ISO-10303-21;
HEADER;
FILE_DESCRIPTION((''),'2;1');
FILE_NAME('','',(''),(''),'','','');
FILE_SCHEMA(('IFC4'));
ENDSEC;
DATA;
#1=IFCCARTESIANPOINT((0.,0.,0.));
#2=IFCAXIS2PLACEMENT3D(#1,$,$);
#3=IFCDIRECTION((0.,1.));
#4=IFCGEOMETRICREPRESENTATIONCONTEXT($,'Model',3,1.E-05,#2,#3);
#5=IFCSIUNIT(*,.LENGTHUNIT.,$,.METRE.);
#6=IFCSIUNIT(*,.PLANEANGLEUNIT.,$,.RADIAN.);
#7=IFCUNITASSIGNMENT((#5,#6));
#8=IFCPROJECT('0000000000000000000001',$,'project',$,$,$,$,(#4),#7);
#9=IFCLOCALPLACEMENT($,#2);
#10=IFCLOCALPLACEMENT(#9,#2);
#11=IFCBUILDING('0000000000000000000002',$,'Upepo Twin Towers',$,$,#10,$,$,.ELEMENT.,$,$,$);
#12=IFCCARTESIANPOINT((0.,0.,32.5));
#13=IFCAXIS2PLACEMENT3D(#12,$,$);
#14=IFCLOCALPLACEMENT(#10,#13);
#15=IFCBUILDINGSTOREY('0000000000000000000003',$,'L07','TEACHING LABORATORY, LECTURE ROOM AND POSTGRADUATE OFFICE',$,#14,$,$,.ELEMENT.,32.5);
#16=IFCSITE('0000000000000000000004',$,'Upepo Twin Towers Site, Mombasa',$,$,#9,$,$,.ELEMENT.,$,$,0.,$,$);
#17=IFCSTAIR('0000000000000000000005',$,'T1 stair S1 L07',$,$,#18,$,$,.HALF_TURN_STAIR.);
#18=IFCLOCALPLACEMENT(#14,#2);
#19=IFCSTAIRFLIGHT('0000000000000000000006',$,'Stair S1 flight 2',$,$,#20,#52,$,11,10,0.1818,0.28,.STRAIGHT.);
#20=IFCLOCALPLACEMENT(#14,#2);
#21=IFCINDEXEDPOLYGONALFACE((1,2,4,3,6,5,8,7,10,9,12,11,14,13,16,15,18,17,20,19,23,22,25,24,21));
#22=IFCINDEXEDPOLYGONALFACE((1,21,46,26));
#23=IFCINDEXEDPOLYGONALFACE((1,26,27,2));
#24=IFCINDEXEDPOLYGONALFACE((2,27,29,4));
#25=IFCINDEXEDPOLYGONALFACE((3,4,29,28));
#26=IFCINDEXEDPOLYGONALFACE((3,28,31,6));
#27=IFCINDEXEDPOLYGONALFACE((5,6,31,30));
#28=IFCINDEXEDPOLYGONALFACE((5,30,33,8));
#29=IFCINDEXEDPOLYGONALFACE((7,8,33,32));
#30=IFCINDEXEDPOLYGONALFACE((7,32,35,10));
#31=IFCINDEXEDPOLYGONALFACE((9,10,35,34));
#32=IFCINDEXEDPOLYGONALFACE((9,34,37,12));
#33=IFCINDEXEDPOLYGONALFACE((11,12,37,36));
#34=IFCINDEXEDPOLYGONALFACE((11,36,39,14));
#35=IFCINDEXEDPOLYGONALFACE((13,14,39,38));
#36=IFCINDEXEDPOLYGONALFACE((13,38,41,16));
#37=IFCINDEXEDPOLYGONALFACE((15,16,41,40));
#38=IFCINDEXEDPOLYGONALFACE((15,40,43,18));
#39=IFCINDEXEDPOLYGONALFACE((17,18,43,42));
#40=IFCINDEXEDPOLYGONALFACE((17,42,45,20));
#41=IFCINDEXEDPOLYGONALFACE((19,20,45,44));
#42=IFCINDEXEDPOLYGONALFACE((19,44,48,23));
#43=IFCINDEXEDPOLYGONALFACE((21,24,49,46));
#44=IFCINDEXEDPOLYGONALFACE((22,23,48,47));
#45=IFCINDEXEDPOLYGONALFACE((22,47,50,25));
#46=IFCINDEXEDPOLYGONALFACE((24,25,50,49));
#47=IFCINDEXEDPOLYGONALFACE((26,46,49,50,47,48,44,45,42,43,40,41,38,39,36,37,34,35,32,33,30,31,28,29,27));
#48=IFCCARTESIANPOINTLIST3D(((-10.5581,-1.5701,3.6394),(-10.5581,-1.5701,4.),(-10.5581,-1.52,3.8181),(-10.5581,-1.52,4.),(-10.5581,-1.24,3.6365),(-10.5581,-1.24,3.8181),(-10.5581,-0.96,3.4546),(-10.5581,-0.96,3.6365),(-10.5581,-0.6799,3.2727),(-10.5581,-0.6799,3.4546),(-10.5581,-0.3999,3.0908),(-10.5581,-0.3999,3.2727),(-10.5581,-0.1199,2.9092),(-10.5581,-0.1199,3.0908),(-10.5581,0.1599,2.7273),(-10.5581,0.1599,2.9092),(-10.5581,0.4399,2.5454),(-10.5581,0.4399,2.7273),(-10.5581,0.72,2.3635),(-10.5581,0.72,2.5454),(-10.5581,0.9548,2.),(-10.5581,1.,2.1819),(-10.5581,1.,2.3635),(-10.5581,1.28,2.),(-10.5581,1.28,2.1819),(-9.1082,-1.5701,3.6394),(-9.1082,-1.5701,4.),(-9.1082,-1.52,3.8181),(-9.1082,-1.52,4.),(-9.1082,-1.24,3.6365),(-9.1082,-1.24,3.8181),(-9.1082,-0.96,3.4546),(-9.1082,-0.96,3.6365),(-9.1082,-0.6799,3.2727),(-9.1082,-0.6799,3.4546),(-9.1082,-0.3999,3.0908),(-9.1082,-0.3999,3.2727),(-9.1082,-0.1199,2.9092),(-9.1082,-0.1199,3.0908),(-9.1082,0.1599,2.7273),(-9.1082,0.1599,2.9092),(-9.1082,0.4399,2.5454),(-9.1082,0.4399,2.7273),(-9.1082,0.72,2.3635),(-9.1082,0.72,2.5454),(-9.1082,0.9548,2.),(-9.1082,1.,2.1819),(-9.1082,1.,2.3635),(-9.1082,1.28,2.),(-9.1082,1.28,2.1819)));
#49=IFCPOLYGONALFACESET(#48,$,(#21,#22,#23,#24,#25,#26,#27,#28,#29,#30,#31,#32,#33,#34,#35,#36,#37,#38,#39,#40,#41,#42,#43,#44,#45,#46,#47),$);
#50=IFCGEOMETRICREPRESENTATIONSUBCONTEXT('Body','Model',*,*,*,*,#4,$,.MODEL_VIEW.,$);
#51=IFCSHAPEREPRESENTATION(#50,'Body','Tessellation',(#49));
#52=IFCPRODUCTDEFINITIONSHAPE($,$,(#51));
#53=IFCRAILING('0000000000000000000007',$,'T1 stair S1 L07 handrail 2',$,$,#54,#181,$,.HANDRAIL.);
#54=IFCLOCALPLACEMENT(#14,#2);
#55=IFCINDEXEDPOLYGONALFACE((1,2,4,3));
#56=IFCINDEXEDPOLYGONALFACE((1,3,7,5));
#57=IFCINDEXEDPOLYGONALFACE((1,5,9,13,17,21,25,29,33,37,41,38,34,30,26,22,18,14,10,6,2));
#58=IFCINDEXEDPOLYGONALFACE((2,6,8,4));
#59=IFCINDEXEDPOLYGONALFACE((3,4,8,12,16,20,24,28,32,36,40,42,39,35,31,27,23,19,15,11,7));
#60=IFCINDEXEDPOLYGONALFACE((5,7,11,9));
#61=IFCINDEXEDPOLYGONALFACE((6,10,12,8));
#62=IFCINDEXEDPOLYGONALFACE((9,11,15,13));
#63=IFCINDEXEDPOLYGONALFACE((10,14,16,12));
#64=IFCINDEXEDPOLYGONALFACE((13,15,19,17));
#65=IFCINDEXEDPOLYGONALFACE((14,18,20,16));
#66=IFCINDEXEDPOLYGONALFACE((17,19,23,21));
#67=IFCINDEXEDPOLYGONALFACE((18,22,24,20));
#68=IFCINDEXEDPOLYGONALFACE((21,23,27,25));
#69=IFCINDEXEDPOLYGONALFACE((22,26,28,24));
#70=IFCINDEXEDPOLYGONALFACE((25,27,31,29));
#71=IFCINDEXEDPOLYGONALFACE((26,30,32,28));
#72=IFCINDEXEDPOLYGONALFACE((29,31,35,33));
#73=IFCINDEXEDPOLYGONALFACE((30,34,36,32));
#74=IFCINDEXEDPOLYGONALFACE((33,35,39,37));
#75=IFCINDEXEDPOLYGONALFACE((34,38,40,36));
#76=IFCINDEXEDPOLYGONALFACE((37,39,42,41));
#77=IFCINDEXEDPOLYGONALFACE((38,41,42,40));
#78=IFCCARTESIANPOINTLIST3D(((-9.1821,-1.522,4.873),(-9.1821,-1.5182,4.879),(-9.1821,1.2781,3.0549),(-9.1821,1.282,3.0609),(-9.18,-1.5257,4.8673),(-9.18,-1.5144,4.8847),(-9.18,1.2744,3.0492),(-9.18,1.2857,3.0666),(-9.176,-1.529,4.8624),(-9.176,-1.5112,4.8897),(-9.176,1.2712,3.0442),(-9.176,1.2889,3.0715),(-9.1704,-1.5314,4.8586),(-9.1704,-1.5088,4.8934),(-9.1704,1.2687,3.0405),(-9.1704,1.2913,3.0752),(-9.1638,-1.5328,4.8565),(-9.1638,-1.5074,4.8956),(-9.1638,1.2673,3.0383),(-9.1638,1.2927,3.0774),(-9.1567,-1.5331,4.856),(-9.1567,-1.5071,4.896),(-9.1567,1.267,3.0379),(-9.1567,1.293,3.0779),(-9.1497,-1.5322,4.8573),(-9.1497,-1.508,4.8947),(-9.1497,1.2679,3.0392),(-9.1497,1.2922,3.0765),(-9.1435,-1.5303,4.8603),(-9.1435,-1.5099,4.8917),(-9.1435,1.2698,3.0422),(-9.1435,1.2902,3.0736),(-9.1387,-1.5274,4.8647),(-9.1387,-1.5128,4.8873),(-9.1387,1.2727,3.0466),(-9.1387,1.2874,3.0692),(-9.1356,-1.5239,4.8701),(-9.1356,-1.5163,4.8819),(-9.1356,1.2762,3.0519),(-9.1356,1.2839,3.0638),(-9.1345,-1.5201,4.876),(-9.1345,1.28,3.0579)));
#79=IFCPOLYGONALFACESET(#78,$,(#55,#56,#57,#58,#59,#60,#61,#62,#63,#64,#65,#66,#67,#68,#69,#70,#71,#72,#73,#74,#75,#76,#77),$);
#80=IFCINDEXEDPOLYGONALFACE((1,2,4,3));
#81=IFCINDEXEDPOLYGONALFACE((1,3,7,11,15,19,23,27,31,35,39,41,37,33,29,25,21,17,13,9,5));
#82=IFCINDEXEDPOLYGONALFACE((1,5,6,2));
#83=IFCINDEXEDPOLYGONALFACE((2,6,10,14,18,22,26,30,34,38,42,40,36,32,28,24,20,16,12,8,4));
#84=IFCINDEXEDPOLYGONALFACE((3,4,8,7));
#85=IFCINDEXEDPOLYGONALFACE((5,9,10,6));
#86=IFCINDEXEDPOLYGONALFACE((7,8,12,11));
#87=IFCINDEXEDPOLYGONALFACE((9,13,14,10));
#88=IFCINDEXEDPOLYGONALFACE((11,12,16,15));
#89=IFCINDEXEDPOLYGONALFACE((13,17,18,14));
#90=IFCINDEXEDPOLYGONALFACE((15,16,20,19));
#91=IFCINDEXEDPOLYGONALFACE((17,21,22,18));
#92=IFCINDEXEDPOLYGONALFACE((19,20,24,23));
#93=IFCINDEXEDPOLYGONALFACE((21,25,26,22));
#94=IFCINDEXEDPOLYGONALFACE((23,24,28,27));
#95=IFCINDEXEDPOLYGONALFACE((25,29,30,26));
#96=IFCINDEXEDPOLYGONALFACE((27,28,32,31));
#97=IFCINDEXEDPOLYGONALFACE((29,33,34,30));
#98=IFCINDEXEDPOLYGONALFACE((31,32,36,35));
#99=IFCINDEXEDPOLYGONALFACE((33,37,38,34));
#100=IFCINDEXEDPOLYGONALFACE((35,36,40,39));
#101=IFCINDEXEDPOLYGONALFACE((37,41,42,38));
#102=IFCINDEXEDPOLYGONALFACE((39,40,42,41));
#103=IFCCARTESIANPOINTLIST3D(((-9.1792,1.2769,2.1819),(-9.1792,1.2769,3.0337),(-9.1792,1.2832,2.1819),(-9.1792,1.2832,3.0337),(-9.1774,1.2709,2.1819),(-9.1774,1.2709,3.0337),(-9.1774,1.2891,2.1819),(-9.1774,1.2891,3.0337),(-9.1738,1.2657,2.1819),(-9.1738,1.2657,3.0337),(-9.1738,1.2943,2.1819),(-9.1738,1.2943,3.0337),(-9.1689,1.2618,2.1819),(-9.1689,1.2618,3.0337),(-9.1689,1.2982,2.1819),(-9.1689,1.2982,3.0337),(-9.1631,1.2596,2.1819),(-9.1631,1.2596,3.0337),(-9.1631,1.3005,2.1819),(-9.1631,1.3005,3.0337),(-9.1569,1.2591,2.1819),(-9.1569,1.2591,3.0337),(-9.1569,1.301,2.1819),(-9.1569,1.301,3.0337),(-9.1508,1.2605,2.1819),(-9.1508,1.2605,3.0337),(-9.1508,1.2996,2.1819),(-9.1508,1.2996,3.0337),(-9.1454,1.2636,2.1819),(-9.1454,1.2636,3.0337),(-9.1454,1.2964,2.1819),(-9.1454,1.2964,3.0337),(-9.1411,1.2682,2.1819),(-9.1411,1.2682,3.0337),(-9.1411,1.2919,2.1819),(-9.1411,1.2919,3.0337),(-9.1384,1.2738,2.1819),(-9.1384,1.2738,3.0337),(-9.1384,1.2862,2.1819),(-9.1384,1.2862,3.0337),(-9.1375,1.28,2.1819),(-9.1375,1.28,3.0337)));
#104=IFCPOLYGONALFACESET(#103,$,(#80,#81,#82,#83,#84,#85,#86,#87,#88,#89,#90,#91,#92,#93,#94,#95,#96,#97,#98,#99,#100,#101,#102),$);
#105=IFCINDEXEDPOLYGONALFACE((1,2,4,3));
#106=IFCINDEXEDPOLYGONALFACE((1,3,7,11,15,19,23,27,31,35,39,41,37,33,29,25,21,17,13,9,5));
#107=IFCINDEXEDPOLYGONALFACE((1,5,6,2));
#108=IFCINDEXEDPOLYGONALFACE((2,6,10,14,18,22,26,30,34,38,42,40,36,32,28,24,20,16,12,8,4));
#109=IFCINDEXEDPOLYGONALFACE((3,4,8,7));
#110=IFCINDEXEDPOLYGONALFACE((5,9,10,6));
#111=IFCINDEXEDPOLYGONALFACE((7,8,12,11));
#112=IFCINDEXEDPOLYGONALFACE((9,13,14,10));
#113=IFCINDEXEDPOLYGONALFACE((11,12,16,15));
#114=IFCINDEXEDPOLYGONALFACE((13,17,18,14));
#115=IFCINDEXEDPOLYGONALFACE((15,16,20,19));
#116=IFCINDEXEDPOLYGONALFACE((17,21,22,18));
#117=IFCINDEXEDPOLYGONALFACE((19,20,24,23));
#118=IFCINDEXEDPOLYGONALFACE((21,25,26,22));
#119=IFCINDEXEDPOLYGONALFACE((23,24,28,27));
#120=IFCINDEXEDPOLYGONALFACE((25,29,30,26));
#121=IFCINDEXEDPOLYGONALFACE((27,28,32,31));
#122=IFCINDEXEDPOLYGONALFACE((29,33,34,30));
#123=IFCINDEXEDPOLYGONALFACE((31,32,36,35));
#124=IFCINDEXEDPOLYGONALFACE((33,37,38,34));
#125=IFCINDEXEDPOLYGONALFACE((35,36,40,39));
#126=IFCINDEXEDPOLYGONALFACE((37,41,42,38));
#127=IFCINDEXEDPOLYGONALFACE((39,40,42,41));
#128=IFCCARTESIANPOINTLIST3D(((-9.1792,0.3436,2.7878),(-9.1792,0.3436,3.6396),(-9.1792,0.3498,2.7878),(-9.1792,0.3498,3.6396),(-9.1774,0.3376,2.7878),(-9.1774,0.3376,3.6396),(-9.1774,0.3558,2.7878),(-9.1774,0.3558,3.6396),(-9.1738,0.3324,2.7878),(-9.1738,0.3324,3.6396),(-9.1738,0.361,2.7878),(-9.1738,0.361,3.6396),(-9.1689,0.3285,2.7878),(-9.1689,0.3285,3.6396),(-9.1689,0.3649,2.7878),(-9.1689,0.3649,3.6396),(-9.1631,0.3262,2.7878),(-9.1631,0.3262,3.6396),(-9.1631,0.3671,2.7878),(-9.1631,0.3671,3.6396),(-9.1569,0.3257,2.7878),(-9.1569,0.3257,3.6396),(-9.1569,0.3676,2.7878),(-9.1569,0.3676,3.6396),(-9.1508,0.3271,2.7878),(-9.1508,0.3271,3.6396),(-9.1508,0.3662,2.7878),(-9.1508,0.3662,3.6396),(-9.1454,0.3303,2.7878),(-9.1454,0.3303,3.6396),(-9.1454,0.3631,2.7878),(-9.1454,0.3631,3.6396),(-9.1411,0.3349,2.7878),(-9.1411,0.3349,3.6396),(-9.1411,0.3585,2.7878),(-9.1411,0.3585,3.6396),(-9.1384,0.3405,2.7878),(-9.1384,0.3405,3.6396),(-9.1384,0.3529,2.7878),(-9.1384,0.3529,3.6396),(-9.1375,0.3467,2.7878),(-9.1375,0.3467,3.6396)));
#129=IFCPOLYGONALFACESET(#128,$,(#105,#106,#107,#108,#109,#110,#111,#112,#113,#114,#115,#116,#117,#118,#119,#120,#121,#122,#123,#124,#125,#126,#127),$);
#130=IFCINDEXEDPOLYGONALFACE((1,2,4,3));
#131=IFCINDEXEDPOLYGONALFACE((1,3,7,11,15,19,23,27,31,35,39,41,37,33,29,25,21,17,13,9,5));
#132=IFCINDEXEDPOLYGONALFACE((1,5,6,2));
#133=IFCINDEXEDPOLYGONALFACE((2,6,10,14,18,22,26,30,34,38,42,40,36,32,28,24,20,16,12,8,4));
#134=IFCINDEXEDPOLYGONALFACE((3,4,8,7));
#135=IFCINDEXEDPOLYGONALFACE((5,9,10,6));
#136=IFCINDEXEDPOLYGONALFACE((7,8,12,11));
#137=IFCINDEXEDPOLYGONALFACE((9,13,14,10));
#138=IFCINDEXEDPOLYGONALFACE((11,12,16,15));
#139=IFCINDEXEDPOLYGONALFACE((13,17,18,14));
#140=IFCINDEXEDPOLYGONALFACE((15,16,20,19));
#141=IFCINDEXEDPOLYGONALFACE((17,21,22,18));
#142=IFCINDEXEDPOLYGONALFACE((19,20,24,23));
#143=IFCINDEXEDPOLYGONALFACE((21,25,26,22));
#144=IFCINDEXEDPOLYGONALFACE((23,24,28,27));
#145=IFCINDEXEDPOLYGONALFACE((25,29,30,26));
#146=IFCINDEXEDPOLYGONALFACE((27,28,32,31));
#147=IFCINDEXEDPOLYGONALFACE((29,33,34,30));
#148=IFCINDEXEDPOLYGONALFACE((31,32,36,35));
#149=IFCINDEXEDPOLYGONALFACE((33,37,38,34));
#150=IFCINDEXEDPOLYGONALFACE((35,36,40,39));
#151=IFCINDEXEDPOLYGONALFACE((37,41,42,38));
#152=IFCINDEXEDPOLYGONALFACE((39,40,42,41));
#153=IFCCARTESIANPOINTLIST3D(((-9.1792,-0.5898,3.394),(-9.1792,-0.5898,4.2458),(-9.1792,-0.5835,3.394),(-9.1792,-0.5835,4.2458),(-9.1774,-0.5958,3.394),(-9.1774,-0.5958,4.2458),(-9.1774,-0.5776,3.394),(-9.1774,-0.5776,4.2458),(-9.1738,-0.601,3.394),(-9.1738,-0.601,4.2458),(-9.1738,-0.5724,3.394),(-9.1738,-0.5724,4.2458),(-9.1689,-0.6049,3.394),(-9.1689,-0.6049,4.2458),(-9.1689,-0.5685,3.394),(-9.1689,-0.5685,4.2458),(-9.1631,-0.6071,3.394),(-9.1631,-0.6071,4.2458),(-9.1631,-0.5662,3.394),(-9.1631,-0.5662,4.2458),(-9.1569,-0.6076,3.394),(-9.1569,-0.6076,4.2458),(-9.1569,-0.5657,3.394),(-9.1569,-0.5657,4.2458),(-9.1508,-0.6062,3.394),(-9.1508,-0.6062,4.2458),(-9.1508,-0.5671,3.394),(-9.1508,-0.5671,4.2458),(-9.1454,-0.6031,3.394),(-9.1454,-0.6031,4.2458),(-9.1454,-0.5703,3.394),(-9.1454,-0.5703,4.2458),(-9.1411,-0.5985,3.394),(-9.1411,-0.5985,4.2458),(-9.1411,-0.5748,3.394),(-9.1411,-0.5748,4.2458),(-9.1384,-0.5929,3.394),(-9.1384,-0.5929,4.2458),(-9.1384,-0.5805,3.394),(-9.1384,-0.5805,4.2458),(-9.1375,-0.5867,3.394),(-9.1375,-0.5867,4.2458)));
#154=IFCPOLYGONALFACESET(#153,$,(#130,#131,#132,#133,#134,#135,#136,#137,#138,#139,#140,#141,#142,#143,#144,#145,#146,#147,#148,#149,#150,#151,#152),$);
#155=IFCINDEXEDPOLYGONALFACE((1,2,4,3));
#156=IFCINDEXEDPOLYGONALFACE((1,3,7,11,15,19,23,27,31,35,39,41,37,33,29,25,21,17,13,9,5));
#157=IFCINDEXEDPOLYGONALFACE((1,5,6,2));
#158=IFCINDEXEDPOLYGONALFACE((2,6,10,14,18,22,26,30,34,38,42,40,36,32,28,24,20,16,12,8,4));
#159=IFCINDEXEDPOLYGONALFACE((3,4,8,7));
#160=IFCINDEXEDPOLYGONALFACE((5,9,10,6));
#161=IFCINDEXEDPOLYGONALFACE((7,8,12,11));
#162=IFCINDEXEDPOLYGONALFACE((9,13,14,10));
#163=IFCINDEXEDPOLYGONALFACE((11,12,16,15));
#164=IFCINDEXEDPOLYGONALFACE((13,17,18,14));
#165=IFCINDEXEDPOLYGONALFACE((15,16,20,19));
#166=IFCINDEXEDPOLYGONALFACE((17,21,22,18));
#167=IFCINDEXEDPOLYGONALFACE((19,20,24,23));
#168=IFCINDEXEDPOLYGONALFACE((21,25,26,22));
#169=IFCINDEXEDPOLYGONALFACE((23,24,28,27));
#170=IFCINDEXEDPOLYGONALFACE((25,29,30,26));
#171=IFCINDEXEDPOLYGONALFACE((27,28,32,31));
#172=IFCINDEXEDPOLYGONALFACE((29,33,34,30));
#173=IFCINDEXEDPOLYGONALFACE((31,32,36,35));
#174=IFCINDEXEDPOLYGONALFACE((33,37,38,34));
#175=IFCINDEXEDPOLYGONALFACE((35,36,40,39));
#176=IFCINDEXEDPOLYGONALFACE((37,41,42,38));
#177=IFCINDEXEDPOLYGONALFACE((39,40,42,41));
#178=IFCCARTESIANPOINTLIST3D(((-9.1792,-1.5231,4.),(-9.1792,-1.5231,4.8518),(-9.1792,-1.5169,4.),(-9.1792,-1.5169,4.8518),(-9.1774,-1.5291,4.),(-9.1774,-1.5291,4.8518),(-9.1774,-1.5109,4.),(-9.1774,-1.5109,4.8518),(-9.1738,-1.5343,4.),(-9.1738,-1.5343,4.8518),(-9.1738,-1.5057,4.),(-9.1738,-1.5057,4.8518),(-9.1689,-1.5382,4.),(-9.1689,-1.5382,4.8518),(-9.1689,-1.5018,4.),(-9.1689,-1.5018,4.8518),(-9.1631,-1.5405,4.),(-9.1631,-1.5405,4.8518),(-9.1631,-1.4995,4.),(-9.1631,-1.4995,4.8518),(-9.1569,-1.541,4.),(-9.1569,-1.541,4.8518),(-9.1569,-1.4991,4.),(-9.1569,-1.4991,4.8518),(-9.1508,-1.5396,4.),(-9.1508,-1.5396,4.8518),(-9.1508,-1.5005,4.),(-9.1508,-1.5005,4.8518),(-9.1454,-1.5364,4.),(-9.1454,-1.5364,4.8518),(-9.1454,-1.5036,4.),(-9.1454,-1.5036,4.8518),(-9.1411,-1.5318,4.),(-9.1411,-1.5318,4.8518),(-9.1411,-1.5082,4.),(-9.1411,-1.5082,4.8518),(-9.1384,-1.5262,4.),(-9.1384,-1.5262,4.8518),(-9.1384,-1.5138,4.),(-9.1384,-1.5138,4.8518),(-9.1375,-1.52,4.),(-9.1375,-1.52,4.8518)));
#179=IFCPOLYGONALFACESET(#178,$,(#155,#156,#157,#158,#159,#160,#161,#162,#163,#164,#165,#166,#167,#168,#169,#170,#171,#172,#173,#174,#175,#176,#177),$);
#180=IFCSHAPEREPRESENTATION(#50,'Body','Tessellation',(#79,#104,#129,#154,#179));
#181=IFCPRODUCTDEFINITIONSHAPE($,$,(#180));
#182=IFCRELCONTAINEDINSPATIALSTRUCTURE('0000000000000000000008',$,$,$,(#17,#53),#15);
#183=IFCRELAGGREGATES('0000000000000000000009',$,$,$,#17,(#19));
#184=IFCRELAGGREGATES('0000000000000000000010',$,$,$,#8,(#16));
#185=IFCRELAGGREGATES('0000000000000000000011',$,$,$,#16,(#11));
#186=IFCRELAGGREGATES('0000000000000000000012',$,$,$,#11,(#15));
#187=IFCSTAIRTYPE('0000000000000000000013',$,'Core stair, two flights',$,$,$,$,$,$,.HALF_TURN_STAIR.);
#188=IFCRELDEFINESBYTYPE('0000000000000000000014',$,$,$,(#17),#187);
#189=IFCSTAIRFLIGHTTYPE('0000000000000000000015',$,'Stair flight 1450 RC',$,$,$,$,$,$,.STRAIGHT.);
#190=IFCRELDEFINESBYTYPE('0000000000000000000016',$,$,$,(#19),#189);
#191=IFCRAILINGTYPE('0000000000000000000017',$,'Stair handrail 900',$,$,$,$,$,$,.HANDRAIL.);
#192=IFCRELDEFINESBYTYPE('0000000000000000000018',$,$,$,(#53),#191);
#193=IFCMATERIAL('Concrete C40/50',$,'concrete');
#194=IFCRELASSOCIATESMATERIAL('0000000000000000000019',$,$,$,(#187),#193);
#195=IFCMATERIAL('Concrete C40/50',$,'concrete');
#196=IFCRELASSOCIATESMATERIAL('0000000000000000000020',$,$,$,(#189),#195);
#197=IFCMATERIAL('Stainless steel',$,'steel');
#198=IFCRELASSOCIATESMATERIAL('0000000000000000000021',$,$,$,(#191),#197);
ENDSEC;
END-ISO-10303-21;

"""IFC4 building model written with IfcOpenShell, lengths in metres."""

from ifc_helpers import new_model, si_unit, direction, frame, origin, origin_2d, place, context, subcontext, project, spatial, polyline, circle, outline, extrude, material, type_object, element, aggregate, save


model = new_model("IFC4")

# Units and contexts
model_context = context("Model", 3, precision=1e-05, world=origin(), true_north=direction((0.0, 1.0)))
body_context = subcontext(model_context, "Body", "Model", "MODEL_VIEW")
ifc_project = project(units=[si_unit("LENGTHUNIT", "METRE"), si_unit("PLANEANGLEUNIT", "RADIAN")], contexts=[model_context])

# Site, building, storey
site_placement = place(None, origin())
site = spatial("IfcSite", under=ifc_project, at=site_placement, Name="Upepo Twin Towers Site, Mombasa", CompositionType="ELEMENT", RefElevation=0.0)
building_placement = place(site_placement, origin())
building = spatial("IfcBuilding", under=site, at=building_placement, Name="Upepo Twin Towers", CompositionType="ELEMENT")
storey_placement = place(building_placement, frame((0.0, 0.0, 32.5)))
storey = spatial("IfcBuildingStorey", under=building, at=storey_placement, Name="L07", Description="TEACHING LABORATORY, LECTURE ROOM AND POSTGRADUATE OFFICE", CompositionType="ELEMENT", Elevation=32.5)

# Stair, stair flight
ifc_material_1 = material(Name="Concrete C40/50", Category="concrete")
stair_type = type_object("IfcStairType", Name="Core stair, two flights", PredefinedType="HALF_TURN_STAIR", material=ifc_material_1)
stair_placement = place(storey_placement, origin())
stair = element("IfcStair", 1, at=stair_placement, inside=storey, type_object=stair_type, Name="T1 stair S1 L07", PredefinedType="HALF_TURN_STAIR")
ifc_material_2 = material(Name="Concrete C40/50", Category="concrete")
stair_flight_type = type_object("IfcStairFlightType", Name="Stair flight 1450 RC", PredefinedType="STRAIGHT", material=ifc_material_2)
stair_flight_placement = place(storey_placement, frame((-9.8333, 1.28, 2.0), z_axis=(0.0, 0.0, 1.0), x_axis=(0.0, -1.0, 0.0)))
stair_flight = element("IfcStairFlight", 2, at=stair_flight_placement, type_object=stair_flight_type, Name="Stair S1 flight 2", NumberOfRisers=11, NumberOfTreads=10, PredefinedType="STRAIGHT", RiserHeight=0.1818, TreadLength=0.28, context=body_context, shape_type="SweptSolid", body=[
    extrude(outline(polyline([(0.0, 0.0), (0.0, 0.1819), (0.28, 0.1819), (0.28, 0.3635), (0.5601, 0.3635), (0.5601, 0.5454), (0.8401, 0.5454), (0.8401, 0.7273), (1.1201, 0.7273), (1.1201, 0.9092), (1.3999, 0.9092), (1.3999, 1.0908), (1.6799, 1.0908), (1.6799, 1.2727), (1.96, 1.2727), (1.96, 1.4546), (2.24, 1.4546), (2.24, 1.6365), (2.52, 1.6365), (2.52, 1.8181), (2.8, 1.8181), (2.8, 2.0), (2.8501, 2.0), (2.8501, 1.6394), (0.3252, 0.0), (0.0, 0.0)])), frame((0.0, 0.7251, 0.0), z_axis=(0.0, -1.0, 0.0), x_axis=(1.0, 0.0, 0.0)), (0.0, 0.0, 1.0), 1.45),
])
aggregate(stair, [stair_flight])

# Railing
ifc_material_3 = material(Name="Stainless steel", Category="steel")
railing_type = type_object("IfcRailingType", Name="Stair handrail 900", PredefinedType="HANDRAIL", material=ifc_material_3)
railing_placement = place(storey_placement, frame((-9.1584, 1.28, 2.1819)))
element("IfcRailing", 3, at=railing_placement, inside=storey, type_object=railing_type, Name="T1 stair S1 L07 handrail 2", PredefinedType="HANDRAIL", context=body_context, shape_type="SweptSolid", body=[
    extrude(circle(Radius=0.0239, at=origin_2d()), frame((0.0, 0.0, 0.876), z_axis=(0.0, -0.838706, 0.544585), x_axis=(1.0, 0.0, 0.0)), (0.0, 0.0, 1.0), 3.3386),
    extrude(circle(Radius=0.021, at=origin_2d()), origin(), (0.0, 0.0, 1.0), 0.8518),
    extrude(circle(Radius=0.021, at=origin_2d()), frame((0.0, -0.9333, 0.606)), (0.0, 0.0, 1.0), 0.8518),
    extrude(circle(Radius=0.021, at=origin_2d()), frame((0.0, -1.8667, 1.2122)), (0.0, 0.0, 1.0), 0.8518),
    extrude(circle(Radius=0.021, at=origin_2d()), frame((0.0, -2.8, 1.8181)), (0.0, 0.0, 1.0), 0.8518),
])

save(model, "model.ifc")
